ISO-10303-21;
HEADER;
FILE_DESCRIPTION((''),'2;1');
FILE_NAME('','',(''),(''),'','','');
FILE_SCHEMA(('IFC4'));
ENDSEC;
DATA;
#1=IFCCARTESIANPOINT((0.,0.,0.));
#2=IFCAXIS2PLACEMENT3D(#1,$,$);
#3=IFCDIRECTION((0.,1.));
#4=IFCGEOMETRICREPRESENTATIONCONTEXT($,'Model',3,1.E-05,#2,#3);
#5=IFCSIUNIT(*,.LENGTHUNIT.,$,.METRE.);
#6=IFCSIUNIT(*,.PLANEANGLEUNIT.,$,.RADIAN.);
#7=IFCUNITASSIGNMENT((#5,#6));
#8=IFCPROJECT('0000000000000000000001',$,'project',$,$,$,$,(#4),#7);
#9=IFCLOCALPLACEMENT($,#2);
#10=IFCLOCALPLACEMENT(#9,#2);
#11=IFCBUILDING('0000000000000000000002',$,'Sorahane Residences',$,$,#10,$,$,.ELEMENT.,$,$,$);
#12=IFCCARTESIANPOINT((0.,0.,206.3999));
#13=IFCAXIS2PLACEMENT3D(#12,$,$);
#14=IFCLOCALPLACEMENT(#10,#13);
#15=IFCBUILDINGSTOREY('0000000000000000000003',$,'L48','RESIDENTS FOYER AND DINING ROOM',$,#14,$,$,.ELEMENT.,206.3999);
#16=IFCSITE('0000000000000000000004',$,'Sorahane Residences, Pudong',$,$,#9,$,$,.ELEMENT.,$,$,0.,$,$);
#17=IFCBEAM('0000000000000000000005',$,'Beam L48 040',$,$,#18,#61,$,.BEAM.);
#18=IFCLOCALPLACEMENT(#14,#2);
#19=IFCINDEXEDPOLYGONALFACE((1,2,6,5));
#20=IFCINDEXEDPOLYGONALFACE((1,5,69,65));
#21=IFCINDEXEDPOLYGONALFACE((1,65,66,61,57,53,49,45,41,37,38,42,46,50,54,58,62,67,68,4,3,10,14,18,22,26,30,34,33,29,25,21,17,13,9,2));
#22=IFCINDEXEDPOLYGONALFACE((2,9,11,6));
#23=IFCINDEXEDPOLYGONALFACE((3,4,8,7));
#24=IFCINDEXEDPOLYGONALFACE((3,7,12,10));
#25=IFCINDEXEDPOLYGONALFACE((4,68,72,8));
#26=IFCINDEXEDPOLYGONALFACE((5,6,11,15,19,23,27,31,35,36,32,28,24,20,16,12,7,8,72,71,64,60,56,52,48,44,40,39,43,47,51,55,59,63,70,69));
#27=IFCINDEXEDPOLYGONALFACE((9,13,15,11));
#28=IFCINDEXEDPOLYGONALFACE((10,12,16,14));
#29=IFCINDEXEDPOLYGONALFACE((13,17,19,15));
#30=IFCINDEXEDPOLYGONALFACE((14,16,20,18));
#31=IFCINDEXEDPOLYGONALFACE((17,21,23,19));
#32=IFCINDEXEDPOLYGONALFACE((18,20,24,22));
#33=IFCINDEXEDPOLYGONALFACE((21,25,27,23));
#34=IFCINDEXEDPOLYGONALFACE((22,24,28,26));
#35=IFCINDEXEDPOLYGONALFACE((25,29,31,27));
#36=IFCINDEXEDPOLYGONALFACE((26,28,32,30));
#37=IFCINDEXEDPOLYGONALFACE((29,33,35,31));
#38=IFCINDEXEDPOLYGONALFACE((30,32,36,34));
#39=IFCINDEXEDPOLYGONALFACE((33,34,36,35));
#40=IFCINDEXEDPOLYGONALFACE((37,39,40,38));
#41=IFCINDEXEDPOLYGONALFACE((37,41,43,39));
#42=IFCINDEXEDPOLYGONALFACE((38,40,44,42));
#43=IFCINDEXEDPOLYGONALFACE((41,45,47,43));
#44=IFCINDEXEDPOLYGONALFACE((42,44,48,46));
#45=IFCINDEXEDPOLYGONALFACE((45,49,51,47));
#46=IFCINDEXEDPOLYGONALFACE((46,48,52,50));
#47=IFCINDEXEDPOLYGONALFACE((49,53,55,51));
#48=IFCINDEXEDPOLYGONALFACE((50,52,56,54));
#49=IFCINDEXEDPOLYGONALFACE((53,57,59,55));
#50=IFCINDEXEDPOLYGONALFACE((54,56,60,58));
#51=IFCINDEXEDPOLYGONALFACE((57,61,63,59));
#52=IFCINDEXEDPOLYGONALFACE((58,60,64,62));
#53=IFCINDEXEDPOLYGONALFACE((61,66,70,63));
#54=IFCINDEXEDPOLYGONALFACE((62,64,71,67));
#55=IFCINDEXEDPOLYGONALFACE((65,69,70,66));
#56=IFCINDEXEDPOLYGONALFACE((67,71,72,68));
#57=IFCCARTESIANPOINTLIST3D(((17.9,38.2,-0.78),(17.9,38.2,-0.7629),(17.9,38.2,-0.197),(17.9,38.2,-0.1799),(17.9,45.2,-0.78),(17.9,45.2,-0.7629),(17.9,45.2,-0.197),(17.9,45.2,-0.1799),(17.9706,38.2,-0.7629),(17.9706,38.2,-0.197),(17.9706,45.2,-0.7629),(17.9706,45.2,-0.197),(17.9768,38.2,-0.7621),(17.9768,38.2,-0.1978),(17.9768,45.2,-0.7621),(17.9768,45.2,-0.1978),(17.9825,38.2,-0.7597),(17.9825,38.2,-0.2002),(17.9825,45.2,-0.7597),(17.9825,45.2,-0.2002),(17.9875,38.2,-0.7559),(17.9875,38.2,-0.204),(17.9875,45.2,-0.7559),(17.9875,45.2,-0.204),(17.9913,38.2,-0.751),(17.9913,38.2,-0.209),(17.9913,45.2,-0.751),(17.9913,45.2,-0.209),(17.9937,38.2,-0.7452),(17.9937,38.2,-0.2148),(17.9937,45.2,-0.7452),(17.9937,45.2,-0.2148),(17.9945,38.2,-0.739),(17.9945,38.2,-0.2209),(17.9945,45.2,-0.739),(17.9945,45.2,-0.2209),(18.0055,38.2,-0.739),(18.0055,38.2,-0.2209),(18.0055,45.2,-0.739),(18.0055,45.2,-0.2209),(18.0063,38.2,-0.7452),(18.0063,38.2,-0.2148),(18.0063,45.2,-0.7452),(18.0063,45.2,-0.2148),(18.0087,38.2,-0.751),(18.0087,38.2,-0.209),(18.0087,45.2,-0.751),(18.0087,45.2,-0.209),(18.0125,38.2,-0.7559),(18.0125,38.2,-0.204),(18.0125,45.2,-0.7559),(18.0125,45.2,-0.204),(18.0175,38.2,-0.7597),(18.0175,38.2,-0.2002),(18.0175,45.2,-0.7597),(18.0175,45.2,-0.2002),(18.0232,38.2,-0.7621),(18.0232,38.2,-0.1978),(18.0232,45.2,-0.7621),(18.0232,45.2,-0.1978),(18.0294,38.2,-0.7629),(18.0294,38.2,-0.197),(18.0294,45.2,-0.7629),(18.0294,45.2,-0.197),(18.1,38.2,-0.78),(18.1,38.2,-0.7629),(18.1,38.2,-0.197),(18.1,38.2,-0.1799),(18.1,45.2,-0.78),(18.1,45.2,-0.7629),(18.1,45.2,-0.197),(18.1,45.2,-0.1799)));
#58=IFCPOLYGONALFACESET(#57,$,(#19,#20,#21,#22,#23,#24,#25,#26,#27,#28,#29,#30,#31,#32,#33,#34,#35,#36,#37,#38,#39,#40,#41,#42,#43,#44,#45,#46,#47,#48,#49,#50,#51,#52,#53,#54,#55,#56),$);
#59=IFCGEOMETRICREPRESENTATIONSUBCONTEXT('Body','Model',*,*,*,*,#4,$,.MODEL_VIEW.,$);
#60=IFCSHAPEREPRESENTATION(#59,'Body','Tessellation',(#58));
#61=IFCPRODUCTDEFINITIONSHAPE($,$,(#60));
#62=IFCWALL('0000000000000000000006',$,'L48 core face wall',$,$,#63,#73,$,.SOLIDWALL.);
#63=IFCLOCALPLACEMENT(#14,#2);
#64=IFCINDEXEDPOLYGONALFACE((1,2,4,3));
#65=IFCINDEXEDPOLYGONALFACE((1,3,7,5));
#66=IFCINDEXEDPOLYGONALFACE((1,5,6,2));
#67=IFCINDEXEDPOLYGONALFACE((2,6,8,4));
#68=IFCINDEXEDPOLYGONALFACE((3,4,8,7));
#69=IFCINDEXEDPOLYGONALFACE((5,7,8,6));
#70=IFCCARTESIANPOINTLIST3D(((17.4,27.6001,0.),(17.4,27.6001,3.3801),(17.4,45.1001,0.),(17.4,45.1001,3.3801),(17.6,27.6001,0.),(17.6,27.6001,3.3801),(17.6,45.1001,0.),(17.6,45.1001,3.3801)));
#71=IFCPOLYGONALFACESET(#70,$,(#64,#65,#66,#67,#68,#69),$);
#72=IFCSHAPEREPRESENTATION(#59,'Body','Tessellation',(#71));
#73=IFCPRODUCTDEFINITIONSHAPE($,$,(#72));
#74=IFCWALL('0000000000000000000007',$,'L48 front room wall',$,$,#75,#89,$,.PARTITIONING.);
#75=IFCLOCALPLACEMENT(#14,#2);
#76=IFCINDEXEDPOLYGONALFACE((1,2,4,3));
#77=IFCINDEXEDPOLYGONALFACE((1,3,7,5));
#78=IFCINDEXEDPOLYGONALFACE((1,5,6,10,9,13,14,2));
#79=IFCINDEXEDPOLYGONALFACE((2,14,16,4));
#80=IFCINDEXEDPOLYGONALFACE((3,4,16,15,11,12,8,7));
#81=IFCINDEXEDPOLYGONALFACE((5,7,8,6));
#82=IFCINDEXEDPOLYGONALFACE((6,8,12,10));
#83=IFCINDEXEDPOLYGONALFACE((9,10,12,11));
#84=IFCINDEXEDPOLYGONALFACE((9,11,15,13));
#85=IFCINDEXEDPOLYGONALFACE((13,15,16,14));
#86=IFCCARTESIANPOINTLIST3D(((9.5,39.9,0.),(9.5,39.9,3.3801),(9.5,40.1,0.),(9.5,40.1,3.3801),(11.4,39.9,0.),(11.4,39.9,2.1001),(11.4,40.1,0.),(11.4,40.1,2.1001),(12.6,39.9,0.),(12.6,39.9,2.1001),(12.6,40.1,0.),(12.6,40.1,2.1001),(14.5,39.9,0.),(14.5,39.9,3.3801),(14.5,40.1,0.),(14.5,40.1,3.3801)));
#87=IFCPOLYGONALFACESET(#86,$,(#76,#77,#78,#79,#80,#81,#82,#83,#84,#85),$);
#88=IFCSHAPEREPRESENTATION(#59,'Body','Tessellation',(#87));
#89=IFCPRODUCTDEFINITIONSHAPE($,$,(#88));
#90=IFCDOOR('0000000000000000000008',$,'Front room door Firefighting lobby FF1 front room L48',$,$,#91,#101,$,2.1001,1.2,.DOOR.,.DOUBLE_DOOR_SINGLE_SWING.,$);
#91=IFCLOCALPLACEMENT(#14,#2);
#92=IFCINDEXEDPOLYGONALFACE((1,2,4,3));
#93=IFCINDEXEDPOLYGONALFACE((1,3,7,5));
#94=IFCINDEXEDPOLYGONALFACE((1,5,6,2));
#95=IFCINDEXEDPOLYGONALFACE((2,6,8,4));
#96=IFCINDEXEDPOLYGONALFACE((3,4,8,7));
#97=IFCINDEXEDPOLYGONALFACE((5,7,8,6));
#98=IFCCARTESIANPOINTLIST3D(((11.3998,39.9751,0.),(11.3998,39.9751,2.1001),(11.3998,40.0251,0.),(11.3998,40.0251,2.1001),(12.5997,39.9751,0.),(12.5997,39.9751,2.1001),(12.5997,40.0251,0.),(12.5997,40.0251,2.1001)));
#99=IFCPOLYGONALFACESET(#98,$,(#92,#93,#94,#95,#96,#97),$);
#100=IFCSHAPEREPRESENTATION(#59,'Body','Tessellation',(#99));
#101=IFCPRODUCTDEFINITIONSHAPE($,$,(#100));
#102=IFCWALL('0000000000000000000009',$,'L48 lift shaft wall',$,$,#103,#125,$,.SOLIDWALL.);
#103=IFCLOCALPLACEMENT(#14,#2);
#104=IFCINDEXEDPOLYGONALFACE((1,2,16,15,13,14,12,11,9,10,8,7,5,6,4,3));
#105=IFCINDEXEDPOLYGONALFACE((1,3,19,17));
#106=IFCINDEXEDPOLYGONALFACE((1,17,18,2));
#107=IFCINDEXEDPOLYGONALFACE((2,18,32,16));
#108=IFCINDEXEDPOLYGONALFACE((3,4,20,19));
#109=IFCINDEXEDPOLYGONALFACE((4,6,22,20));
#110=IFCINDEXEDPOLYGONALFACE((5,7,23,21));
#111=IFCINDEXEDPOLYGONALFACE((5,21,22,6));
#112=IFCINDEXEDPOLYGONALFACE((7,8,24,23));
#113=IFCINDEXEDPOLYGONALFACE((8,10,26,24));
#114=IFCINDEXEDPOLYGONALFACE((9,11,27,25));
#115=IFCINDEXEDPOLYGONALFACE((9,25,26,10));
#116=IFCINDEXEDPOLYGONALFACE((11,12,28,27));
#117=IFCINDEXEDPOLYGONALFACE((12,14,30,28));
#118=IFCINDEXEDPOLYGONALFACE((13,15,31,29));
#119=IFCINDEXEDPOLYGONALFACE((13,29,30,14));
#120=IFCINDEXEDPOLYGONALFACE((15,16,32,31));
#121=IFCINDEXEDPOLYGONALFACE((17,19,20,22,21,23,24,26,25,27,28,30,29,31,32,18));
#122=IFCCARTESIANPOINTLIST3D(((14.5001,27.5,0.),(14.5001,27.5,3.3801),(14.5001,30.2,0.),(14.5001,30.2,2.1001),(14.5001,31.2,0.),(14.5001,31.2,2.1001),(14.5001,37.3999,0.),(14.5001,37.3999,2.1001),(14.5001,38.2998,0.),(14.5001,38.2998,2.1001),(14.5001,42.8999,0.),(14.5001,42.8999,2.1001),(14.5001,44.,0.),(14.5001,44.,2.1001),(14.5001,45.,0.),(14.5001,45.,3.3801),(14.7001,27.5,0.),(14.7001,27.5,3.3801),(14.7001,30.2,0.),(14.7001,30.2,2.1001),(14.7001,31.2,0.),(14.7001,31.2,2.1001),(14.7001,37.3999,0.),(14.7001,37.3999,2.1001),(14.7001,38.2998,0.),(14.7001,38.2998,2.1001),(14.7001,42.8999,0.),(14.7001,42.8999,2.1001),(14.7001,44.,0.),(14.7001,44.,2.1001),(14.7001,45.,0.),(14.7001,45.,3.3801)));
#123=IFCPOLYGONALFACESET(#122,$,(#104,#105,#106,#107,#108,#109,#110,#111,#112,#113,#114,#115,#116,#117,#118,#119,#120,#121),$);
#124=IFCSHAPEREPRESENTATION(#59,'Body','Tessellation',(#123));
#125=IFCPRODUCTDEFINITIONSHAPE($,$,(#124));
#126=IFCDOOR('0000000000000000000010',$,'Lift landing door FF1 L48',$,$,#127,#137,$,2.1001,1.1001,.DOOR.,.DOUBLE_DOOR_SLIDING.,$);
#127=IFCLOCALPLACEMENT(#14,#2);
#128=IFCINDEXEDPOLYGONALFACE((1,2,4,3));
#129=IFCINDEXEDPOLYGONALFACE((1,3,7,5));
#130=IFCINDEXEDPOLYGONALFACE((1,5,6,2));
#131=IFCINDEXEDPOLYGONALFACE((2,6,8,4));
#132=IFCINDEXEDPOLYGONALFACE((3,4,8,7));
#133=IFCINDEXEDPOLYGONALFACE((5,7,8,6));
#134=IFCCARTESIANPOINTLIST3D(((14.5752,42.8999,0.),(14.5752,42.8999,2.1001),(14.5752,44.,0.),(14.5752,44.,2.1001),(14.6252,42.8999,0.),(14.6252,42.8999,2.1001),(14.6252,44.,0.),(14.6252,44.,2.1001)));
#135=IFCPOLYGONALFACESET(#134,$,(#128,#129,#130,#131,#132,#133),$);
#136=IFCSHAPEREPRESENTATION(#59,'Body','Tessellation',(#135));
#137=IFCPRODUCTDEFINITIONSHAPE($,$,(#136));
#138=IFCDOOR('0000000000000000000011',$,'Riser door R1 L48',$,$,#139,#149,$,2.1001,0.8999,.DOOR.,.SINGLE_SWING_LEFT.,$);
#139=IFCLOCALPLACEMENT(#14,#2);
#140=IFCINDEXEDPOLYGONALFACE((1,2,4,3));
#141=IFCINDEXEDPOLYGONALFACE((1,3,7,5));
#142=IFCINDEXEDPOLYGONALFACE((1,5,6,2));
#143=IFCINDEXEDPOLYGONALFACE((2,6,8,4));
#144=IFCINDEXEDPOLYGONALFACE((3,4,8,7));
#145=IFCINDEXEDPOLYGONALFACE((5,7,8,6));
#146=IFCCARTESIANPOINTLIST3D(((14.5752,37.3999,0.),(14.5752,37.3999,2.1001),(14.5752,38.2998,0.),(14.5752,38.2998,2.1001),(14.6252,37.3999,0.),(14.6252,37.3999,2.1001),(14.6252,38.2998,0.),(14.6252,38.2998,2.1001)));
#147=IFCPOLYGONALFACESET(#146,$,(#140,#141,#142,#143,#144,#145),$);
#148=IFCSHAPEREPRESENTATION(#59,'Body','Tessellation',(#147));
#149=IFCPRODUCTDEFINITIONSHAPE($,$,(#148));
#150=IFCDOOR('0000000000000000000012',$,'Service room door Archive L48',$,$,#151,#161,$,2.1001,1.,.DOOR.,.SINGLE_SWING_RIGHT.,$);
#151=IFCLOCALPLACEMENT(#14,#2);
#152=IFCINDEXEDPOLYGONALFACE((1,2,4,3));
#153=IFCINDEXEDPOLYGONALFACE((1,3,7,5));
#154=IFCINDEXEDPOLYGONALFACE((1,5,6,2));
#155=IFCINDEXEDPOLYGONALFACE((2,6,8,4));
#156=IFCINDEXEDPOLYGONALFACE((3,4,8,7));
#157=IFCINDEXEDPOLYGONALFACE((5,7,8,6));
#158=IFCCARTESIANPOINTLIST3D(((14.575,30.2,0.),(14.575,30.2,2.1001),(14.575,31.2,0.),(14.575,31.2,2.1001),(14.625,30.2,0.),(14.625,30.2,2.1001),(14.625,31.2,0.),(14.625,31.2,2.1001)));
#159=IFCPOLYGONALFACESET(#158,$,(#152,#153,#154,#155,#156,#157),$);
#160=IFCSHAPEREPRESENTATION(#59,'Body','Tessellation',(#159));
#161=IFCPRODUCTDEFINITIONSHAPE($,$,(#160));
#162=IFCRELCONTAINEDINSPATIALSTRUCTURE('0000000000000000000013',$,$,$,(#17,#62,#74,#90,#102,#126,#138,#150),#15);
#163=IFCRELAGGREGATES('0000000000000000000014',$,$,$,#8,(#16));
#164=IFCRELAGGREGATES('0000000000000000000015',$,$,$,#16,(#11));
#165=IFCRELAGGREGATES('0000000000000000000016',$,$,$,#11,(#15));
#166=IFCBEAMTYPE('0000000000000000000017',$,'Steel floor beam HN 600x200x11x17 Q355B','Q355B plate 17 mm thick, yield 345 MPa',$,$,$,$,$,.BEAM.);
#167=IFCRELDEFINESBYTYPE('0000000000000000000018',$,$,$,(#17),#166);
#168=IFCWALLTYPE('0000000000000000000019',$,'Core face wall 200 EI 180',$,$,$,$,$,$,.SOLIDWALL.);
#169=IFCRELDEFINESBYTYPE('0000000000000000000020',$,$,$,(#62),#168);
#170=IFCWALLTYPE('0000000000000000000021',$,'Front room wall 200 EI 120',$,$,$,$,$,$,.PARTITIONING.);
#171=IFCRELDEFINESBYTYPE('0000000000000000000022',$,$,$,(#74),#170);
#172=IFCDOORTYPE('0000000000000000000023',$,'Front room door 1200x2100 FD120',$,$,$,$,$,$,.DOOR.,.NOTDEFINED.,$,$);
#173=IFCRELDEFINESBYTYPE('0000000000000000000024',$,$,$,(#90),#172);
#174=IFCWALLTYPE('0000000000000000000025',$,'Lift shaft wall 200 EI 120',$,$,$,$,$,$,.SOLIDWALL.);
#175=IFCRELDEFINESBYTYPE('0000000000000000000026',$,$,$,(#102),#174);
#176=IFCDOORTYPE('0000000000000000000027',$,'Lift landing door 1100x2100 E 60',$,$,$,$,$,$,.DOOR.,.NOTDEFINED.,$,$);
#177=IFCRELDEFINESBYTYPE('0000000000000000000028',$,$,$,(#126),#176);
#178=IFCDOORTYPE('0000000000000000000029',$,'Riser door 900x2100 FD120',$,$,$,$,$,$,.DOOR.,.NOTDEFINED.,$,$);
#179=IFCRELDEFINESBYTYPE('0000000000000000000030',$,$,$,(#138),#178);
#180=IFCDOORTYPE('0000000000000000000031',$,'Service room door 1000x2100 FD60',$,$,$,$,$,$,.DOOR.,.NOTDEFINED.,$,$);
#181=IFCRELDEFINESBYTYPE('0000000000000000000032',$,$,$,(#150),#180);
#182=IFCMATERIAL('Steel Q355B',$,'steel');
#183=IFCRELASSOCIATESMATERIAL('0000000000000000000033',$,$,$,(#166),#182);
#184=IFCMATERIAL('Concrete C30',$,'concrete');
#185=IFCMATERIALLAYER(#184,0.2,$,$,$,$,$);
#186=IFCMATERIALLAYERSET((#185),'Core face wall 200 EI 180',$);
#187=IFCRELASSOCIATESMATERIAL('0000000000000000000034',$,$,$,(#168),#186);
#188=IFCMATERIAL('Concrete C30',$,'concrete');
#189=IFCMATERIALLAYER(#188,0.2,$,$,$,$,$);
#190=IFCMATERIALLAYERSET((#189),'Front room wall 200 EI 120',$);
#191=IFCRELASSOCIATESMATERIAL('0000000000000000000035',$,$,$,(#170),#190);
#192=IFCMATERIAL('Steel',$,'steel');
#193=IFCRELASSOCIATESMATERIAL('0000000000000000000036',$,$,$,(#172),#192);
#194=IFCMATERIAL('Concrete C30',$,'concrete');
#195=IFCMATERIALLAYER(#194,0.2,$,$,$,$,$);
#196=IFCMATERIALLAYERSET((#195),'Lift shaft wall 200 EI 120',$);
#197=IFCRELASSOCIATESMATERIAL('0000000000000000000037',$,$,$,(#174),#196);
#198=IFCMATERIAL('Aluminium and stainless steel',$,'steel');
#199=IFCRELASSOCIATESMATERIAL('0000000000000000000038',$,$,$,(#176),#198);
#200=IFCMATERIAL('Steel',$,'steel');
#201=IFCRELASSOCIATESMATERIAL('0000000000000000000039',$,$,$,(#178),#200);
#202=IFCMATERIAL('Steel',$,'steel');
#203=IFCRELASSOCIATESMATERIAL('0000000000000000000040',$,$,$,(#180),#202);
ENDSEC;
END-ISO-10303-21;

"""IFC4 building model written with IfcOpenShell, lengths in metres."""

from ifc_helpers import new_model, si_unit, direction, frame, frame_2d, origin, origin_2d, place, context, subcontext, project, spatial, rectangle, i_section, extrude, material, layer, layer_set, material_profile, profile_set, type_object, element, fill, save


model = new_model("IFC4")

# Units and contexts
model_context = context("Model", 3, precision=1e-05, world=origin(), true_north=direction((0.0, 1.0)))
body_context = subcontext(model_context, "Body", "Model", "MODEL_VIEW")
ifc_project = project(units=[si_unit("LENGTHUNIT", "METRE"), si_unit("PLANEANGLEUNIT", "RADIAN")], contexts=[model_context])

# Site, building, storey
site_placement = place(None, origin())
site = spatial("IfcSite", under=ifc_project, at=site_placement, Name="Sorahane Residences, Pudong", CompositionType="ELEMENT", RefElevation=0.0)
building_placement = place(site_placement, origin())
building = spatial("IfcBuilding", under=site, at=building_placement, Name="Sorahane Residences", CompositionType="ELEMENT")
storey_placement = place(building_placement, frame((0.0, 0.0, 206.3999)))
storey = spatial("IfcBuildingStorey", under=building, at=storey_placement, Name="L48", Description="RESIDENTS FOYER AND DINING ROOM", CompositionType="ELEMENT", Elevation=206.3999)

# Beam
ifc_material_1 = material(Name="Steel Q355B", Category="steel")
ifc_material_profile_1 = material_profile(ifc_material_1, i_section(OverallWidth=0.2, OverallDepth=0.6001, WebThickness=0.011, FlangeThickness=0.0171, FilletRadius=0.0239, at=origin_2d()), Name="HN 600x200x11x17")
ifc_profile_set_1 = profile_set([ifc_material_profile_1], Name="Steel Q355B")
beam_type_1 = type_object("IfcBeamType", Name="Steel floor beam HN 600x200x11x17 Q355B", Description="Q355B plate 17 mm thick, yield 345 MPa", PredefinedType="BEAM", material=ifc_profile_set_1)
for number, where, z_axis, x_axis, name in (
    (1, (18.0, 38.2, -0.48), (0.0, 1.0, 0.0), (-1.0, 0.0, 0.0), "Beam L48 040"),
):
    element("IfcBeam", number, at=place(storey_placement, frame(where, z_axis=z_axis, x_axis=x_axis)), inside=storey, type_object=beam_type_1, Name=name, PredefinedType="BEAM", context=body_context, shape_type="SweptSolid", body=[
        extrude(i_section(OverallWidth=0.2, OverallDepth=0.6001, WebThickness=0.011, FlangeThickness=0.0171, FilletRadius=0.0239, at=origin_2d()), origin(), (0.0, 0.0, 1.0), 7.0),
    ])

# Wall
ifc_material_2 = material(Name="Concrete C30", Category="concrete")
ifc_layer_1 = layer(ifc_material_2, 0.2)
ifc_layer_set_1 = layer_set([ifc_layer_1], Name="Core face wall 200 EI 180")
wall_type_1 = type_object("IfcWallType", Name="Core face wall 200 EI 180", PredefinedType="SOLIDWALL", material=ifc_layer_set_1)
wall_1_placement = place(storey_placement, frame((17.5, 27.6001, 0.0), z_axis=(0.0, 0.0, 1.0), x_axis=(0.0, 1.0, 0.0)))
element("IfcWall", 2, at=wall_1_placement, inside=storey, type_object=wall_type_1, Name="L48 core face wall", PredefinedType="SOLIDWALL", context=body_context, shape_type="SweptSolid", body=[
    extrude(rectangle(XDim=17.5, YDim=0.2, at=frame_2d((8.75, 0.0))), origin(), (0.0, 0.0, 1.0), 3.3801),
])

# Wall, opening, door
ifc_material_3 = material(Name="Concrete C30", Category="concrete")
ifc_layer_2 = layer(ifc_material_3, 0.2)
ifc_layer_set_2 = layer_set([ifc_layer_2], Name="Front room wall 200 EI 120")
wall_type_2 = type_object("IfcWallType", Name="Front room wall 200 EI 120", PredefinedType="PARTITIONING", material=ifc_layer_set_2)
wall_2_placement = place(storey_placement, frame((9.5, 40.0, 0.0), z_axis=(0.0, 0.0, 1.0), x_axis=(1.0, 0.0, 0.0)))
wall_2 = element("IfcWall", 3, at=wall_2_placement, inside=storey, type_object=wall_type_2, Name="L48 front room wall", PredefinedType="PARTITIONING", context=body_context, shape_type="SweptSolid", body=[
    extrude(rectangle(XDim=5.0, YDim=0.2, at=frame_2d((2.5, 0.0))), origin(), (0.0, 0.0, 1.0), 3.3801),
])
opening_1_placement = place(wall_2_placement, frame((1.8999, 0.0, 0.0)))
opening_1 = element("IfcOpeningElement", 4, at=opening_1_placement, cuts=wall_2, PredefinedType="OPENING", context=body_context, shape_type="SweptSolid", body=[
    extrude(rectangle(XDim=1.2, YDim=2.1001, at=frame_2d((0.6001, 1.05))), frame((0.0, 0.1099, 0.0), z_axis=(0.0, -1.0, 0.0), x_axis=(1.0, 0.0, 0.0)), (0.0, 0.0, 1.0), 0.22),
])
ifc_material_4 = material(Name="Steel", Category="steel")
door_type_1 = type_object("IfcDoorType", Name="Front room door 1200x2100 FD120", OperationType="NOTDEFINED", PredefinedType="DOOR", material=ifc_material_4)
door_1_placement = place(opening_1_placement, frame((1.2, 0.0, 0.0), z_axis=(0.0, 0.0, 1.0), x_axis=(-1.0, 0.0, 0.0)))
door_1 = element("IfcDoor", 5, at=door_1_placement, inside=storey, type_object=door_type_1, Name="Front room door Firefighting lobby FF1 front room L48", OperationType="DOUBLE_DOOR_SINGLE_SWING", OverallHeight=2.1001, OverallWidth=1.2, PredefinedType="DOOR", context=body_context, shape_type="SweptSolid", body=[
    extrude(rectangle(XDim=1.2, YDim=2.1001, at=frame_2d((0.6001, 1.05))), frame((0.0, 0.0249, 0.0), z_axis=(0.0, -1.0, 0.0), x_axis=(1.0, 0.0, 0.0)), (0.0, 0.0, 1.0), 0.05),
])
fill(opening_1, door_1)

# Wall, openings, doors
ifc_material_5 = material(Name="Concrete C30", Category="concrete")
ifc_layer_3 = layer(ifc_material_5, 0.2)
ifc_layer_set_3 = layer_set([ifc_layer_3], Name="Lift shaft wall 200 EI 120")
wall_type_3 = type_object("IfcWallType", Name="Lift shaft wall 200 EI 120", PredefinedType="SOLIDWALL", material=ifc_layer_set_3)
wall_3_placement = place(storey_placement, frame((14.6001, 27.5, 0.0), z_axis=(0.0, 0.0, 1.0), x_axis=(0.0, 1.0, 0.0)))
wall_3 = element("IfcWall", 6, at=wall_3_placement, inside=storey, type_object=wall_type_3, Name="L48 lift shaft wall", PredefinedType="SOLIDWALL", context=body_context, shape_type="SweptSolid", body=[
    extrude(rectangle(XDim=17.5, YDim=0.2, at=frame_2d((8.75, 0.0))), origin(), (0.0, 0.0, 1.0), 3.3801),
])
opening_2_placement = place(wall_3_placement, frame((15.3999, 0.0, 0.0)))
opening_2 = element("IfcOpeningElement", 7, at=opening_2_placement, cuts=wall_3, PredefinedType="OPENING", context=body_context, shape_type="SweptSolid", body=[
    extrude(rectangle(XDim=1.1001, YDim=2.1001, at=frame_2d((0.55, 1.05))), frame((0.0, 0.1099, 0.0), z_axis=(0.0, -1.0, 0.0), x_axis=(1.0, 0.0, 0.0)), (0.0, 0.0, 1.0), 0.22),
])
opening_3_placement = place(wall_3_placement, frame((2.7, 0.0, 0.0)))
opening_3 = element("IfcOpeningElement", 8, at=opening_3_placement, cuts=wall_3, PredefinedType="OPENING", context=body_context, shape_type="SweptSolid", body=[
    extrude(rectangle(XDim=1.0, YDim=2.1001, at=frame_2d((0.5, 1.05))), frame((0.0, 0.1099, 0.0), z_axis=(0.0, -1.0, 0.0), x_axis=(1.0, 0.0, 0.0)), (0.0, 0.0, 1.0), 0.22),
])
opening_4_placement = place(wall_3_placement, frame((9.8999, 0.0, 0.0)))
opening_4 = element("IfcOpeningElement", 9, at=opening_4_placement, cuts=wall_3, PredefinedType="OPENING", context=body_context, shape_type="SweptSolid", body=[
    extrude(rectangle(XDim=0.8999, YDim=2.1001, at=frame_2d((0.45, 1.05))), frame((0.0, 0.1099, 0.0), z_axis=(0.0, -1.0, 0.0), x_axis=(1.0, 0.0, 0.0)), (0.0, 0.0, 1.0), 0.22),
])
ifc_material_6 = material(Name="Aluminium and stainless steel", Category="steel")
door_type_2 = type_object("IfcDoorType", Name="Lift landing door 1100x2100 E 60", OperationType="NOTDEFINED", PredefinedType="DOOR", material=ifc_material_6)
door_2_placement = place(opening_2_placement, origin())
door_2 = element("IfcDoor", 10, at=door_2_placement, inside=storey, type_object=door_type_2, Name="Lift landing door FF1 L48", OperationType="DOUBLE_DOOR_SLIDING", OverallHeight=2.1001, OverallWidth=1.1001, PredefinedType="DOOR", context=body_context, shape_type="SweptSolid", body=[
    extrude(rectangle(XDim=1.1001, YDim=2.1001, at=frame_2d((0.55, 1.05))), frame((0.0, 0.0249, 0.0), z_axis=(0.0, -1.0, 0.0), x_axis=(1.0, 0.0, 0.0)), (0.0, 0.0, 1.0), 0.05),
])
fill(opening_2, door_2)
ifc_material_7 = material(Name="Steel", Category="steel")
door_type_3 = type_object("IfcDoorType", Name="Riser door 900x2100 FD120", OperationType="NOTDEFINED", PredefinedType="DOOR", material=ifc_material_7)
door_3_placement = place(opening_4_placement, origin())
door_3 = element("IfcDoor", 11, at=door_3_placement, inside=storey, type_object=door_type_3, Name="Riser door R1 L48", OperationType="SINGLE_SWING_LEFT", OverallHeight=2.1001, OverallWidth=0.8999, PredefinedType="DOOR", context=body_context, shape_type="SweptSolid", body=[
    extrude(rectangle(XDim=0.8999, YDim=2.1001, at=frame_2d((0.45, 1.05))), frame((0.0, 0.0249, 0.0), z_axis=(0.0, -1.0, 0.0), x_axis=(1.0, 0.0, 0.0)), (0.0, 0.0, 1.0), 0.05),
])
fill(opening_4, door_3)
ifc_material_8 = material(Name="Steel", Category="steel")
door_type_4 = type_object("IfcDoorType", Name="Service room door 1000x2100 FD60", OperationType="NOTDEFINED", PredefinedType="DOOR", material=ifc_material_8)
door_4_placement = place(opening_3_placement, frame((1.0, 0.0, 0.0), z_axis=(0.0, 0.0, 1.0), x_axis=(-1.0, 0.0, 0.0)))
door_4 = element("IfcDoor", 12, at=door_4_placement, inside=storey, type_object=door_type_4, Name="Service room door Archive L48", OperationType="SINGLE_SWING_RIGHT", OverallHeight=2.1001, OverallWidth=1.0, PredefinedType="DOOR", context=body_context, shape_type="SweptSolid", body=[
    extrude(rectangle(XDim=1.0, YDim=2.1001, at=frame_2d((0.5, 1.05))), frame((0.0, 0.0249, 0.0), z_axis=(0.0, -1.0, 0.0), x_axis=(1.0, 0.0, 0.0)), (0.0, 0.0, 1.0), 0.05),
])
fill(opening_3, door_4)

save(model, "model.ifc")
